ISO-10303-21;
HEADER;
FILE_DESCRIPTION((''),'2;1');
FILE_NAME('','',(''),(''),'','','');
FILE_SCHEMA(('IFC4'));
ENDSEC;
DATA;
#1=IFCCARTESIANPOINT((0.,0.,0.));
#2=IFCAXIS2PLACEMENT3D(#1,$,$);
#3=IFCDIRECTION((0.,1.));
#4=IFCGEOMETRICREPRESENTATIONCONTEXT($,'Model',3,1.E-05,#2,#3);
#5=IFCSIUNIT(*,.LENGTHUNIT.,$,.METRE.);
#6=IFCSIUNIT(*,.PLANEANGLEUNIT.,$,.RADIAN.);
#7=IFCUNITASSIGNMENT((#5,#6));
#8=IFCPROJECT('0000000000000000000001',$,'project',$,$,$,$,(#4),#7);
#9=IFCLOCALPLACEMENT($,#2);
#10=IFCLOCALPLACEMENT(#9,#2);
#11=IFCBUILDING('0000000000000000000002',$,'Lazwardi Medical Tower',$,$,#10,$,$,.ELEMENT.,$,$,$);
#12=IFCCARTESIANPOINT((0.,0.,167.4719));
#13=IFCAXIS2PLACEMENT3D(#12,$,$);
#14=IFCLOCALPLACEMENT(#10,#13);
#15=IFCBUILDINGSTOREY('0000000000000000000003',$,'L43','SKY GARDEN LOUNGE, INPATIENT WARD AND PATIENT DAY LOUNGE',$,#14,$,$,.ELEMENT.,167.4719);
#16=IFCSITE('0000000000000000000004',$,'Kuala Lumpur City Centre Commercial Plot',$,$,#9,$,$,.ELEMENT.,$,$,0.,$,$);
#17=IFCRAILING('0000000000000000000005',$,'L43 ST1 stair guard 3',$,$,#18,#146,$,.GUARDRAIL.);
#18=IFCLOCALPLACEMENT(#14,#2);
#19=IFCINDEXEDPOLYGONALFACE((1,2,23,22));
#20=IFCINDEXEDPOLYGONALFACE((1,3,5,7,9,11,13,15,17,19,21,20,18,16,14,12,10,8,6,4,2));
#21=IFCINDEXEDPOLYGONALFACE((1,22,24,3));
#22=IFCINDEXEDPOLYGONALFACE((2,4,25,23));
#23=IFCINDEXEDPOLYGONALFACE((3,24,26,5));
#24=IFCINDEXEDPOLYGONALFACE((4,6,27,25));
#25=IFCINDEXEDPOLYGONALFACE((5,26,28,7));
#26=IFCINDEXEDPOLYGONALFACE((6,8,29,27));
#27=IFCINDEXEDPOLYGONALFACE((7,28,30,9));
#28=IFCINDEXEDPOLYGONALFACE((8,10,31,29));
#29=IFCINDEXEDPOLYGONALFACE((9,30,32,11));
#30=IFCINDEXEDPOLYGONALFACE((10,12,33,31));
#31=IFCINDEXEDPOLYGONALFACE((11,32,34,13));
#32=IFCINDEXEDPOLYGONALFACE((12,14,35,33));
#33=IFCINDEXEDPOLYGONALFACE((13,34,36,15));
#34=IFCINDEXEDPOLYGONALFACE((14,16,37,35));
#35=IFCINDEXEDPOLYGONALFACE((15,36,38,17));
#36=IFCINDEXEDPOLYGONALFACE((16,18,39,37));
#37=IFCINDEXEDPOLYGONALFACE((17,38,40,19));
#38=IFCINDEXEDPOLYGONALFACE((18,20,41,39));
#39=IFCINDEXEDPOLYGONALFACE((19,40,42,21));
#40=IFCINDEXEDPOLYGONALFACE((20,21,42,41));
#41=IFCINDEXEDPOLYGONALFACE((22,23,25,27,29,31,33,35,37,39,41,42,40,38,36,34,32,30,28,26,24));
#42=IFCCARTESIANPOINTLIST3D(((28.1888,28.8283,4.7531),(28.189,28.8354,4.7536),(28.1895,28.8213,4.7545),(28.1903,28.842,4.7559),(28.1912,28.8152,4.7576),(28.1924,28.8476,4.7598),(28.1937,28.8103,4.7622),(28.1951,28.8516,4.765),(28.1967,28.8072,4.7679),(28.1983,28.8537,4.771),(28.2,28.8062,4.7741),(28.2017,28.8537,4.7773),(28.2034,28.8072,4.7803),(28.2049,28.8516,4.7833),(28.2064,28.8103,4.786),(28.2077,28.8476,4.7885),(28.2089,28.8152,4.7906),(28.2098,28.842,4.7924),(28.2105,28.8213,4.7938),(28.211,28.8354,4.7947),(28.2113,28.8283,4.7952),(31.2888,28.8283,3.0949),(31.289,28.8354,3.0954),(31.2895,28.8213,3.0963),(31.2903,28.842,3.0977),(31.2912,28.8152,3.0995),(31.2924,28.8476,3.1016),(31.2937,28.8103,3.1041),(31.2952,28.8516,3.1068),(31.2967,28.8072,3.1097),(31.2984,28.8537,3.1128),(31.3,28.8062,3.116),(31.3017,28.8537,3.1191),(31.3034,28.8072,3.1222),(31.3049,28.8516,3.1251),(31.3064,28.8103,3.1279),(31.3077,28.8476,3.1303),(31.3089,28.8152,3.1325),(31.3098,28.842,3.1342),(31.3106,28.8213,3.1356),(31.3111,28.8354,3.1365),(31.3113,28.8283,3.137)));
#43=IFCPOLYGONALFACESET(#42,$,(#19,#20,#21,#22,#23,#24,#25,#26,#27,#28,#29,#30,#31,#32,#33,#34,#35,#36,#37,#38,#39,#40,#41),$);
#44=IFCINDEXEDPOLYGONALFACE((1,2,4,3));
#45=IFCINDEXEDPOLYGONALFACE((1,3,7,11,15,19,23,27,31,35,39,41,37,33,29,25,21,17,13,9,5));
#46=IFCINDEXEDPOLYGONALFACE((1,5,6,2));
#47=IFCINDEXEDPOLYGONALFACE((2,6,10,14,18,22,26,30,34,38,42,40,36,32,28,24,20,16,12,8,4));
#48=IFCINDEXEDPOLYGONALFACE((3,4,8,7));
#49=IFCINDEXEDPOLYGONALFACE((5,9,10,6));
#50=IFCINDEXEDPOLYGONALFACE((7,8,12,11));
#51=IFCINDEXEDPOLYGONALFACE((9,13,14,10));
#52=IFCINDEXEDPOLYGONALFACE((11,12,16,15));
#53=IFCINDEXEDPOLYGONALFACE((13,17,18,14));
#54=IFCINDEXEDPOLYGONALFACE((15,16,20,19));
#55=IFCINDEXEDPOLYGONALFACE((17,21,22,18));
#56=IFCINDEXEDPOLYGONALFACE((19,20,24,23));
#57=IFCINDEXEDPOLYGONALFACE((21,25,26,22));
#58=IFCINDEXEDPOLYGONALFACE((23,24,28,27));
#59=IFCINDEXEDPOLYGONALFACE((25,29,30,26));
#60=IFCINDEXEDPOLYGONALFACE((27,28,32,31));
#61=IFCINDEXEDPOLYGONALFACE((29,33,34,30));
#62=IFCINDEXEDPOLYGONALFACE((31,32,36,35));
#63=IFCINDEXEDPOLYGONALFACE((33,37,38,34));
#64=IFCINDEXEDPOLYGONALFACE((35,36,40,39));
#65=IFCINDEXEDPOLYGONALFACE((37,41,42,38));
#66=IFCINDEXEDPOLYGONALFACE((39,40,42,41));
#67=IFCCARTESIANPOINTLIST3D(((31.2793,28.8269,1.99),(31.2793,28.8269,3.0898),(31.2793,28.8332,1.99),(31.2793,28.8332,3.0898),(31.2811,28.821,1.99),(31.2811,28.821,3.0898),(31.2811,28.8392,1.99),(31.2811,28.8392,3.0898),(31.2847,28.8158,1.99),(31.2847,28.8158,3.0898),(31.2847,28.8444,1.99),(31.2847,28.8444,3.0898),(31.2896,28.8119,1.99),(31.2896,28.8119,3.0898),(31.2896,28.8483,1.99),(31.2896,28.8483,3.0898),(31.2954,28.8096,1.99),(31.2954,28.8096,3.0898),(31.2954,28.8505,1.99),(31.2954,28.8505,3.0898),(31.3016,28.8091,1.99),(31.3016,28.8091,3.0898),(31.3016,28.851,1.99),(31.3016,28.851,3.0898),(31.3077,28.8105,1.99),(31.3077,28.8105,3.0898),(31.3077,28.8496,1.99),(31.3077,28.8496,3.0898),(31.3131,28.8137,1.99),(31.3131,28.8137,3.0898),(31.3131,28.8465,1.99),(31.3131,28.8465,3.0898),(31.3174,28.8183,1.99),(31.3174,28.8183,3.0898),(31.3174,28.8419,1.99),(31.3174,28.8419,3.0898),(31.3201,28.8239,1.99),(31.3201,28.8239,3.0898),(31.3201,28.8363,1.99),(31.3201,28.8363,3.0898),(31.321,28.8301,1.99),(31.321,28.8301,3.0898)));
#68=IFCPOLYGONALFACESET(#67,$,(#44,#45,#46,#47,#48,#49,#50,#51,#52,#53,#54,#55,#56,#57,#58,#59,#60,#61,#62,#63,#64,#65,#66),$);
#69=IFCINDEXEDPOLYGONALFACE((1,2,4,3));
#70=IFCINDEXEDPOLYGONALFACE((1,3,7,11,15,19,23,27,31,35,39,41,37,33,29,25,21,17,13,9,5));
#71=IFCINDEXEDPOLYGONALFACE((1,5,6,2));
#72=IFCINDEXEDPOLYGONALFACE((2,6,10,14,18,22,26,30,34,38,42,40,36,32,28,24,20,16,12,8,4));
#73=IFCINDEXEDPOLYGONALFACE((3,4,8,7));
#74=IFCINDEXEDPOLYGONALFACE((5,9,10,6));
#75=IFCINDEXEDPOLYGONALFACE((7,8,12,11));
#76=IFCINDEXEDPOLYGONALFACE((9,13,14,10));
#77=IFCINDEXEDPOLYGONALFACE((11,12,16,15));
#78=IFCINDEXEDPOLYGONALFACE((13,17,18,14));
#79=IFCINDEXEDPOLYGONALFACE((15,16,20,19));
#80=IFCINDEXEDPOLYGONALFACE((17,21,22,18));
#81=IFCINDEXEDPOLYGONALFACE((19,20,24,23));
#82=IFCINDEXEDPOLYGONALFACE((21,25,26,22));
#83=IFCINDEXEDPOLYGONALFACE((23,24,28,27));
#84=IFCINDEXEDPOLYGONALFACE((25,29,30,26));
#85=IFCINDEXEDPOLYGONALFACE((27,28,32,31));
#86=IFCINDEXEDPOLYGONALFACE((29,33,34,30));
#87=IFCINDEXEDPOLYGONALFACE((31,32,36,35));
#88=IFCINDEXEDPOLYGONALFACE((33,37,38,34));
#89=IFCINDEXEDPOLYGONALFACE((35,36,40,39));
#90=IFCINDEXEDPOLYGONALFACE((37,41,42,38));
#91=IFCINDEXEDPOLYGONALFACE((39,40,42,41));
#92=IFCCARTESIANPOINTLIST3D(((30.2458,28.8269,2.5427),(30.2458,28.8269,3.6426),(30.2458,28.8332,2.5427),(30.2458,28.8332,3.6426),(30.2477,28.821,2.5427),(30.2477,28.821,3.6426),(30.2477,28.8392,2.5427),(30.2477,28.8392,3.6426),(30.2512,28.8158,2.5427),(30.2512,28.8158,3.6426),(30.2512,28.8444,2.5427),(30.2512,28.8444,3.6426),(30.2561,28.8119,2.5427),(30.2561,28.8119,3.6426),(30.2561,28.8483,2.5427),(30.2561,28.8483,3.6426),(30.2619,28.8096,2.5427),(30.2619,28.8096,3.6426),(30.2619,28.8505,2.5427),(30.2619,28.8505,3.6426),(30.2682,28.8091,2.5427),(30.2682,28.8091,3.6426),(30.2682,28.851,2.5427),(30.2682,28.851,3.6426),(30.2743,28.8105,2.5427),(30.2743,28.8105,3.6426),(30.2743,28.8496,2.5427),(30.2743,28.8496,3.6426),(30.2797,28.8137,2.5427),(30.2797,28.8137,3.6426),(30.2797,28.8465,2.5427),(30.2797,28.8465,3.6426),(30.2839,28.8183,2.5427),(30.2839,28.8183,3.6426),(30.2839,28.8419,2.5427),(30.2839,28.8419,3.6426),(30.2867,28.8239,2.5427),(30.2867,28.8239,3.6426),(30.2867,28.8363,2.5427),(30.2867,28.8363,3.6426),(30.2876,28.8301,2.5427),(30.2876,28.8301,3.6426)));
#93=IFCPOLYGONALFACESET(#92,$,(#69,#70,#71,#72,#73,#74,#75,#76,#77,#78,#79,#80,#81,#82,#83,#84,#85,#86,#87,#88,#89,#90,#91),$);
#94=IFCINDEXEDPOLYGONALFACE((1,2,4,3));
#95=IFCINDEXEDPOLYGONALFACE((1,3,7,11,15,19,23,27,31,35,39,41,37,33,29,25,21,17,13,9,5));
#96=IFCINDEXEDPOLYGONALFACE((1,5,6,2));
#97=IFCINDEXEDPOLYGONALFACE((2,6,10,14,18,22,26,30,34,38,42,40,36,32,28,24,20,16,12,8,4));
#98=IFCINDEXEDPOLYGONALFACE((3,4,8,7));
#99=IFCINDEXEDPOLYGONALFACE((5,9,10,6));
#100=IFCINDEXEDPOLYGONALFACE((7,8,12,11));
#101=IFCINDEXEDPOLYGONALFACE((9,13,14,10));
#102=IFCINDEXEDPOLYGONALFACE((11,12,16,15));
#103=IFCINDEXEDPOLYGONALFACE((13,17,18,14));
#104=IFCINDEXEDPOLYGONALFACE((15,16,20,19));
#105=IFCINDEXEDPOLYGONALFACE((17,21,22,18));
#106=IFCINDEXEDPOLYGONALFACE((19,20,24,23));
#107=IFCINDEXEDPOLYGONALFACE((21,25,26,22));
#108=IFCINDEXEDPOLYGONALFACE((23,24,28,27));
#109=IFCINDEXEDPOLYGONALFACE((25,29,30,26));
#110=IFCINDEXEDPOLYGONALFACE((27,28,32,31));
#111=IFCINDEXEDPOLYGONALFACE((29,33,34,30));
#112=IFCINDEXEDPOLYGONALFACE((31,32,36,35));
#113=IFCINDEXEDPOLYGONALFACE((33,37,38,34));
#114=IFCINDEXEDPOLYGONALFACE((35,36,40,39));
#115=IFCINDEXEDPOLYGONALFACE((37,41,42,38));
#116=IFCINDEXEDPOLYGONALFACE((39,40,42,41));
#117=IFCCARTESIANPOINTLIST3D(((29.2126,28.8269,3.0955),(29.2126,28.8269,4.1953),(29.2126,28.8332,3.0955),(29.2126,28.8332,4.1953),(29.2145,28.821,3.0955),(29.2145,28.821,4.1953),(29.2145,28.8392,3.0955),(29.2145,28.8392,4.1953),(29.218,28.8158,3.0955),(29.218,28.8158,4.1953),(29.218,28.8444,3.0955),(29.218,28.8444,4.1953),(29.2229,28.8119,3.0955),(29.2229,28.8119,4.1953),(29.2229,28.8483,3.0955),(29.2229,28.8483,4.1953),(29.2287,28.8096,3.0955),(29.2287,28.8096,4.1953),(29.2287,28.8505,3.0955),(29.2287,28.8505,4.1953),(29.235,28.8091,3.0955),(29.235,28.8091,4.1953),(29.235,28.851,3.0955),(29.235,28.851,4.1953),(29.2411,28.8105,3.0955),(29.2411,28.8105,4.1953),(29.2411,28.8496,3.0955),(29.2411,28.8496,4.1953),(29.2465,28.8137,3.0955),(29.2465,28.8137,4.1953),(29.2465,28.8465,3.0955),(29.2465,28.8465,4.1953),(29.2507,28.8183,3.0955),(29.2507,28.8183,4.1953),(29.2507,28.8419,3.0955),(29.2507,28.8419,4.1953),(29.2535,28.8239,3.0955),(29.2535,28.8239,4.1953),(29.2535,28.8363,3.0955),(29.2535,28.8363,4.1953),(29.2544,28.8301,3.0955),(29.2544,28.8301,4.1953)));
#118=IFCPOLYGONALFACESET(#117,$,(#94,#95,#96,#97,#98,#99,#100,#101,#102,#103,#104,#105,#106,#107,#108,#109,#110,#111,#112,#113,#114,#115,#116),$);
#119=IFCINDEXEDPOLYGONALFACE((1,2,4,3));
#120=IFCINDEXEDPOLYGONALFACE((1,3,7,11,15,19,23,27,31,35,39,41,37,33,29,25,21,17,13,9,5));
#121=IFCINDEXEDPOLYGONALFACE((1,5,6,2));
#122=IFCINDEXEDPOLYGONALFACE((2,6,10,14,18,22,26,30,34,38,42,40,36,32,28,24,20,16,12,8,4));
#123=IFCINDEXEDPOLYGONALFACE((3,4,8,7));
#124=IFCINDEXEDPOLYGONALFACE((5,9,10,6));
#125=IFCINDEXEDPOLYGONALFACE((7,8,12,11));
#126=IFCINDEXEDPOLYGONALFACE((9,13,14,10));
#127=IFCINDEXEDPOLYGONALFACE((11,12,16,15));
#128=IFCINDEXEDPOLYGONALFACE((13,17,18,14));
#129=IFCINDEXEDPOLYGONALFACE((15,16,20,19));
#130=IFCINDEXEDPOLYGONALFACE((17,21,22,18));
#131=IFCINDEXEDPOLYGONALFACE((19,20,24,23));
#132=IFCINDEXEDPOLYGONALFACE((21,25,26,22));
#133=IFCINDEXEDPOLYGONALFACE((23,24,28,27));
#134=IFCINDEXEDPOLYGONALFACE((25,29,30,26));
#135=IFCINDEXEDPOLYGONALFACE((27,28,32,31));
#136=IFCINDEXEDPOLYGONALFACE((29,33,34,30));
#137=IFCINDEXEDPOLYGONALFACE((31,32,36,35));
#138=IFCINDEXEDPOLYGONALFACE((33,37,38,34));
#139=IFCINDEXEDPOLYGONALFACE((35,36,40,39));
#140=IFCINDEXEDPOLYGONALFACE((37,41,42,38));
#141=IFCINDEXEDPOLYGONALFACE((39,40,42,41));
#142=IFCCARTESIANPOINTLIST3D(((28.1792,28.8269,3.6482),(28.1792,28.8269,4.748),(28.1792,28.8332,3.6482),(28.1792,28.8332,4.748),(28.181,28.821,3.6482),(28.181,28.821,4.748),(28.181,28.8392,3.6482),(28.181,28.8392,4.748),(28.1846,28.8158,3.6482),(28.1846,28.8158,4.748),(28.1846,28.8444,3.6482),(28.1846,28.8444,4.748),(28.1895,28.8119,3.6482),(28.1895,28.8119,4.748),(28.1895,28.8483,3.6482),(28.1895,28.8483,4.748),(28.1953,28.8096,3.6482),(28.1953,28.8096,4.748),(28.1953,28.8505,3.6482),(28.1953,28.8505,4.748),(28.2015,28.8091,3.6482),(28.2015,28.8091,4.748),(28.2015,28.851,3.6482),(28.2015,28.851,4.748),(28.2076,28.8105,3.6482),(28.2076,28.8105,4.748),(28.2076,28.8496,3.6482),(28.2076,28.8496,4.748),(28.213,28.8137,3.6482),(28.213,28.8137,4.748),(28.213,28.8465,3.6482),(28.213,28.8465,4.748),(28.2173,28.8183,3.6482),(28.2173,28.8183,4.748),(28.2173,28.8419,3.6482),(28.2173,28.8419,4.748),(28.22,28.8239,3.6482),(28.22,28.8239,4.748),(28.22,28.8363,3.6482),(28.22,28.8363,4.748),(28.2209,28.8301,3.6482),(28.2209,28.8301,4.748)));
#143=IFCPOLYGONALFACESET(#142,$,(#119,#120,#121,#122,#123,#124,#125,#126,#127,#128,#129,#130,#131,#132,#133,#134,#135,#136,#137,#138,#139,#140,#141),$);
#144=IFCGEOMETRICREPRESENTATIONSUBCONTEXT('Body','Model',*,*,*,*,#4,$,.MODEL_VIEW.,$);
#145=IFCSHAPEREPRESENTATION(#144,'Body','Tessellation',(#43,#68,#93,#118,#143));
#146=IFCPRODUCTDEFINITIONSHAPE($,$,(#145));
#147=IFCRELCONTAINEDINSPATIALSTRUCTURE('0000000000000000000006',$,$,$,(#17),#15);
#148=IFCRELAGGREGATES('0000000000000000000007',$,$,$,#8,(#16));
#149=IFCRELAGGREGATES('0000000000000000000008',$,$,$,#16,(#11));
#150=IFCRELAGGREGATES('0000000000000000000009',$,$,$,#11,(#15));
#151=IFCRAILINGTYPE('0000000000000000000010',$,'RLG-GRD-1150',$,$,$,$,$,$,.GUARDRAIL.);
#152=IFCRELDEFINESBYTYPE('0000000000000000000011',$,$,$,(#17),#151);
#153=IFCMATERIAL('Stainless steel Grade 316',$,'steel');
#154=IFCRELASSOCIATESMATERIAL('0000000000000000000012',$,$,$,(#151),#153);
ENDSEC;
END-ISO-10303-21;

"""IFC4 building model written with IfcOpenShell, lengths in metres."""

from ifc_helpers import new_model, si_unit, direction, frame, origin, origin_2d, place, context, subcontext, project, spatial, circle, extrude, material, type_object, element, save


model = new_model("IFC4")

# Units and contexts
model_context = context("Model", 3, precision=1e-05, world=origin(), true_north=direction((0.0, 1.0)))
body_context = subcontext(model_context, "Body", "Model", "MODEL_VIEW")
ifc_project = project(units=[si_unit("LENGTHUNIT", "METRE"), si_unit("PLANEANGLEUNIT", "RADIAN")], contexts=[model_context])

# Site, building, storey
site_placement = place(None, origin())
site = spatial("IfcSite", under=ifc_project, at=site_placement, Name="Kuala Lumpur City Centre Commercial Plot", CompositionType="ELEMENT", RefElevation=0.0)
building_placement = place(site_placement, origin())
building = spatial("IfcBuilding", under=site, at=building_placement, Name="Lazwardi Medical Tower", CompositionType="ELEMENT")
storey_placement = place(building_placement, frame((0.0, 0.0, 167.4719)))
storey = spatial("IfcBuildingStorey", under=building, at=storey_placement, Name="L43", Description="SKY GARDEN LOUNGE, INPATIENT WARD AND PATIENT DAY LOUNGE", CompositionType="ELEMENT", Elevation=167.4719)

# Railing
ifc_material_1 = material(Name="Stainless steel Grade 316", Category="steel")
railing_type_1 = type_object("IfcRailingType", Name="RLG-GRD-1150", PredefinedType="GUARDRAIL", material=ifc_material_1)
railing_1_placement = place(storey_placement, frame((31.3, 28.8301, 1.99)))
element("IfcRailing", 1, at=railing_1_placement, inside=storey, type_object=railing_type_1, Name="L43 ST1 stair guard 3", PredefinedType="GUARDRAIL", context=body_context, shape_type="SweptSolid", body=[
    extrude(circle(Radius=0.0239, at=origin_2d()), frame((0.0, 0.0, 1.126), z_axis=(-0.881783, 0.0, 0.471655), x_axis=(0.0, -1.0, 0.0)), (0.0, 0.0, 1.0), 3.5156),
    extrude(circle(Radius=0.021, at=origin_2d()), origin(), (0.0, 0.0, 1.0), 1.0999),
    extrude(circle(Radius=0.021, at=origin_2d()), frame((-1.0334, 0.0, 0.5527)), (0.0, 0.0, 1.0), 1.0999),
    extrude(circle(Radius=0.021, at=origin_2d()), frame((-2.0667, 0.0, 1.1055)), (0.0, 0.0, 1.0), 1.0999),
    extrude(circle(Radius=0.021, at=origin_2d()), frame((-3.1001, 0.0, 1.6582)), (0.0, 0.0, 1.0), 1.0999),
])

save(model, "model.ifc")
